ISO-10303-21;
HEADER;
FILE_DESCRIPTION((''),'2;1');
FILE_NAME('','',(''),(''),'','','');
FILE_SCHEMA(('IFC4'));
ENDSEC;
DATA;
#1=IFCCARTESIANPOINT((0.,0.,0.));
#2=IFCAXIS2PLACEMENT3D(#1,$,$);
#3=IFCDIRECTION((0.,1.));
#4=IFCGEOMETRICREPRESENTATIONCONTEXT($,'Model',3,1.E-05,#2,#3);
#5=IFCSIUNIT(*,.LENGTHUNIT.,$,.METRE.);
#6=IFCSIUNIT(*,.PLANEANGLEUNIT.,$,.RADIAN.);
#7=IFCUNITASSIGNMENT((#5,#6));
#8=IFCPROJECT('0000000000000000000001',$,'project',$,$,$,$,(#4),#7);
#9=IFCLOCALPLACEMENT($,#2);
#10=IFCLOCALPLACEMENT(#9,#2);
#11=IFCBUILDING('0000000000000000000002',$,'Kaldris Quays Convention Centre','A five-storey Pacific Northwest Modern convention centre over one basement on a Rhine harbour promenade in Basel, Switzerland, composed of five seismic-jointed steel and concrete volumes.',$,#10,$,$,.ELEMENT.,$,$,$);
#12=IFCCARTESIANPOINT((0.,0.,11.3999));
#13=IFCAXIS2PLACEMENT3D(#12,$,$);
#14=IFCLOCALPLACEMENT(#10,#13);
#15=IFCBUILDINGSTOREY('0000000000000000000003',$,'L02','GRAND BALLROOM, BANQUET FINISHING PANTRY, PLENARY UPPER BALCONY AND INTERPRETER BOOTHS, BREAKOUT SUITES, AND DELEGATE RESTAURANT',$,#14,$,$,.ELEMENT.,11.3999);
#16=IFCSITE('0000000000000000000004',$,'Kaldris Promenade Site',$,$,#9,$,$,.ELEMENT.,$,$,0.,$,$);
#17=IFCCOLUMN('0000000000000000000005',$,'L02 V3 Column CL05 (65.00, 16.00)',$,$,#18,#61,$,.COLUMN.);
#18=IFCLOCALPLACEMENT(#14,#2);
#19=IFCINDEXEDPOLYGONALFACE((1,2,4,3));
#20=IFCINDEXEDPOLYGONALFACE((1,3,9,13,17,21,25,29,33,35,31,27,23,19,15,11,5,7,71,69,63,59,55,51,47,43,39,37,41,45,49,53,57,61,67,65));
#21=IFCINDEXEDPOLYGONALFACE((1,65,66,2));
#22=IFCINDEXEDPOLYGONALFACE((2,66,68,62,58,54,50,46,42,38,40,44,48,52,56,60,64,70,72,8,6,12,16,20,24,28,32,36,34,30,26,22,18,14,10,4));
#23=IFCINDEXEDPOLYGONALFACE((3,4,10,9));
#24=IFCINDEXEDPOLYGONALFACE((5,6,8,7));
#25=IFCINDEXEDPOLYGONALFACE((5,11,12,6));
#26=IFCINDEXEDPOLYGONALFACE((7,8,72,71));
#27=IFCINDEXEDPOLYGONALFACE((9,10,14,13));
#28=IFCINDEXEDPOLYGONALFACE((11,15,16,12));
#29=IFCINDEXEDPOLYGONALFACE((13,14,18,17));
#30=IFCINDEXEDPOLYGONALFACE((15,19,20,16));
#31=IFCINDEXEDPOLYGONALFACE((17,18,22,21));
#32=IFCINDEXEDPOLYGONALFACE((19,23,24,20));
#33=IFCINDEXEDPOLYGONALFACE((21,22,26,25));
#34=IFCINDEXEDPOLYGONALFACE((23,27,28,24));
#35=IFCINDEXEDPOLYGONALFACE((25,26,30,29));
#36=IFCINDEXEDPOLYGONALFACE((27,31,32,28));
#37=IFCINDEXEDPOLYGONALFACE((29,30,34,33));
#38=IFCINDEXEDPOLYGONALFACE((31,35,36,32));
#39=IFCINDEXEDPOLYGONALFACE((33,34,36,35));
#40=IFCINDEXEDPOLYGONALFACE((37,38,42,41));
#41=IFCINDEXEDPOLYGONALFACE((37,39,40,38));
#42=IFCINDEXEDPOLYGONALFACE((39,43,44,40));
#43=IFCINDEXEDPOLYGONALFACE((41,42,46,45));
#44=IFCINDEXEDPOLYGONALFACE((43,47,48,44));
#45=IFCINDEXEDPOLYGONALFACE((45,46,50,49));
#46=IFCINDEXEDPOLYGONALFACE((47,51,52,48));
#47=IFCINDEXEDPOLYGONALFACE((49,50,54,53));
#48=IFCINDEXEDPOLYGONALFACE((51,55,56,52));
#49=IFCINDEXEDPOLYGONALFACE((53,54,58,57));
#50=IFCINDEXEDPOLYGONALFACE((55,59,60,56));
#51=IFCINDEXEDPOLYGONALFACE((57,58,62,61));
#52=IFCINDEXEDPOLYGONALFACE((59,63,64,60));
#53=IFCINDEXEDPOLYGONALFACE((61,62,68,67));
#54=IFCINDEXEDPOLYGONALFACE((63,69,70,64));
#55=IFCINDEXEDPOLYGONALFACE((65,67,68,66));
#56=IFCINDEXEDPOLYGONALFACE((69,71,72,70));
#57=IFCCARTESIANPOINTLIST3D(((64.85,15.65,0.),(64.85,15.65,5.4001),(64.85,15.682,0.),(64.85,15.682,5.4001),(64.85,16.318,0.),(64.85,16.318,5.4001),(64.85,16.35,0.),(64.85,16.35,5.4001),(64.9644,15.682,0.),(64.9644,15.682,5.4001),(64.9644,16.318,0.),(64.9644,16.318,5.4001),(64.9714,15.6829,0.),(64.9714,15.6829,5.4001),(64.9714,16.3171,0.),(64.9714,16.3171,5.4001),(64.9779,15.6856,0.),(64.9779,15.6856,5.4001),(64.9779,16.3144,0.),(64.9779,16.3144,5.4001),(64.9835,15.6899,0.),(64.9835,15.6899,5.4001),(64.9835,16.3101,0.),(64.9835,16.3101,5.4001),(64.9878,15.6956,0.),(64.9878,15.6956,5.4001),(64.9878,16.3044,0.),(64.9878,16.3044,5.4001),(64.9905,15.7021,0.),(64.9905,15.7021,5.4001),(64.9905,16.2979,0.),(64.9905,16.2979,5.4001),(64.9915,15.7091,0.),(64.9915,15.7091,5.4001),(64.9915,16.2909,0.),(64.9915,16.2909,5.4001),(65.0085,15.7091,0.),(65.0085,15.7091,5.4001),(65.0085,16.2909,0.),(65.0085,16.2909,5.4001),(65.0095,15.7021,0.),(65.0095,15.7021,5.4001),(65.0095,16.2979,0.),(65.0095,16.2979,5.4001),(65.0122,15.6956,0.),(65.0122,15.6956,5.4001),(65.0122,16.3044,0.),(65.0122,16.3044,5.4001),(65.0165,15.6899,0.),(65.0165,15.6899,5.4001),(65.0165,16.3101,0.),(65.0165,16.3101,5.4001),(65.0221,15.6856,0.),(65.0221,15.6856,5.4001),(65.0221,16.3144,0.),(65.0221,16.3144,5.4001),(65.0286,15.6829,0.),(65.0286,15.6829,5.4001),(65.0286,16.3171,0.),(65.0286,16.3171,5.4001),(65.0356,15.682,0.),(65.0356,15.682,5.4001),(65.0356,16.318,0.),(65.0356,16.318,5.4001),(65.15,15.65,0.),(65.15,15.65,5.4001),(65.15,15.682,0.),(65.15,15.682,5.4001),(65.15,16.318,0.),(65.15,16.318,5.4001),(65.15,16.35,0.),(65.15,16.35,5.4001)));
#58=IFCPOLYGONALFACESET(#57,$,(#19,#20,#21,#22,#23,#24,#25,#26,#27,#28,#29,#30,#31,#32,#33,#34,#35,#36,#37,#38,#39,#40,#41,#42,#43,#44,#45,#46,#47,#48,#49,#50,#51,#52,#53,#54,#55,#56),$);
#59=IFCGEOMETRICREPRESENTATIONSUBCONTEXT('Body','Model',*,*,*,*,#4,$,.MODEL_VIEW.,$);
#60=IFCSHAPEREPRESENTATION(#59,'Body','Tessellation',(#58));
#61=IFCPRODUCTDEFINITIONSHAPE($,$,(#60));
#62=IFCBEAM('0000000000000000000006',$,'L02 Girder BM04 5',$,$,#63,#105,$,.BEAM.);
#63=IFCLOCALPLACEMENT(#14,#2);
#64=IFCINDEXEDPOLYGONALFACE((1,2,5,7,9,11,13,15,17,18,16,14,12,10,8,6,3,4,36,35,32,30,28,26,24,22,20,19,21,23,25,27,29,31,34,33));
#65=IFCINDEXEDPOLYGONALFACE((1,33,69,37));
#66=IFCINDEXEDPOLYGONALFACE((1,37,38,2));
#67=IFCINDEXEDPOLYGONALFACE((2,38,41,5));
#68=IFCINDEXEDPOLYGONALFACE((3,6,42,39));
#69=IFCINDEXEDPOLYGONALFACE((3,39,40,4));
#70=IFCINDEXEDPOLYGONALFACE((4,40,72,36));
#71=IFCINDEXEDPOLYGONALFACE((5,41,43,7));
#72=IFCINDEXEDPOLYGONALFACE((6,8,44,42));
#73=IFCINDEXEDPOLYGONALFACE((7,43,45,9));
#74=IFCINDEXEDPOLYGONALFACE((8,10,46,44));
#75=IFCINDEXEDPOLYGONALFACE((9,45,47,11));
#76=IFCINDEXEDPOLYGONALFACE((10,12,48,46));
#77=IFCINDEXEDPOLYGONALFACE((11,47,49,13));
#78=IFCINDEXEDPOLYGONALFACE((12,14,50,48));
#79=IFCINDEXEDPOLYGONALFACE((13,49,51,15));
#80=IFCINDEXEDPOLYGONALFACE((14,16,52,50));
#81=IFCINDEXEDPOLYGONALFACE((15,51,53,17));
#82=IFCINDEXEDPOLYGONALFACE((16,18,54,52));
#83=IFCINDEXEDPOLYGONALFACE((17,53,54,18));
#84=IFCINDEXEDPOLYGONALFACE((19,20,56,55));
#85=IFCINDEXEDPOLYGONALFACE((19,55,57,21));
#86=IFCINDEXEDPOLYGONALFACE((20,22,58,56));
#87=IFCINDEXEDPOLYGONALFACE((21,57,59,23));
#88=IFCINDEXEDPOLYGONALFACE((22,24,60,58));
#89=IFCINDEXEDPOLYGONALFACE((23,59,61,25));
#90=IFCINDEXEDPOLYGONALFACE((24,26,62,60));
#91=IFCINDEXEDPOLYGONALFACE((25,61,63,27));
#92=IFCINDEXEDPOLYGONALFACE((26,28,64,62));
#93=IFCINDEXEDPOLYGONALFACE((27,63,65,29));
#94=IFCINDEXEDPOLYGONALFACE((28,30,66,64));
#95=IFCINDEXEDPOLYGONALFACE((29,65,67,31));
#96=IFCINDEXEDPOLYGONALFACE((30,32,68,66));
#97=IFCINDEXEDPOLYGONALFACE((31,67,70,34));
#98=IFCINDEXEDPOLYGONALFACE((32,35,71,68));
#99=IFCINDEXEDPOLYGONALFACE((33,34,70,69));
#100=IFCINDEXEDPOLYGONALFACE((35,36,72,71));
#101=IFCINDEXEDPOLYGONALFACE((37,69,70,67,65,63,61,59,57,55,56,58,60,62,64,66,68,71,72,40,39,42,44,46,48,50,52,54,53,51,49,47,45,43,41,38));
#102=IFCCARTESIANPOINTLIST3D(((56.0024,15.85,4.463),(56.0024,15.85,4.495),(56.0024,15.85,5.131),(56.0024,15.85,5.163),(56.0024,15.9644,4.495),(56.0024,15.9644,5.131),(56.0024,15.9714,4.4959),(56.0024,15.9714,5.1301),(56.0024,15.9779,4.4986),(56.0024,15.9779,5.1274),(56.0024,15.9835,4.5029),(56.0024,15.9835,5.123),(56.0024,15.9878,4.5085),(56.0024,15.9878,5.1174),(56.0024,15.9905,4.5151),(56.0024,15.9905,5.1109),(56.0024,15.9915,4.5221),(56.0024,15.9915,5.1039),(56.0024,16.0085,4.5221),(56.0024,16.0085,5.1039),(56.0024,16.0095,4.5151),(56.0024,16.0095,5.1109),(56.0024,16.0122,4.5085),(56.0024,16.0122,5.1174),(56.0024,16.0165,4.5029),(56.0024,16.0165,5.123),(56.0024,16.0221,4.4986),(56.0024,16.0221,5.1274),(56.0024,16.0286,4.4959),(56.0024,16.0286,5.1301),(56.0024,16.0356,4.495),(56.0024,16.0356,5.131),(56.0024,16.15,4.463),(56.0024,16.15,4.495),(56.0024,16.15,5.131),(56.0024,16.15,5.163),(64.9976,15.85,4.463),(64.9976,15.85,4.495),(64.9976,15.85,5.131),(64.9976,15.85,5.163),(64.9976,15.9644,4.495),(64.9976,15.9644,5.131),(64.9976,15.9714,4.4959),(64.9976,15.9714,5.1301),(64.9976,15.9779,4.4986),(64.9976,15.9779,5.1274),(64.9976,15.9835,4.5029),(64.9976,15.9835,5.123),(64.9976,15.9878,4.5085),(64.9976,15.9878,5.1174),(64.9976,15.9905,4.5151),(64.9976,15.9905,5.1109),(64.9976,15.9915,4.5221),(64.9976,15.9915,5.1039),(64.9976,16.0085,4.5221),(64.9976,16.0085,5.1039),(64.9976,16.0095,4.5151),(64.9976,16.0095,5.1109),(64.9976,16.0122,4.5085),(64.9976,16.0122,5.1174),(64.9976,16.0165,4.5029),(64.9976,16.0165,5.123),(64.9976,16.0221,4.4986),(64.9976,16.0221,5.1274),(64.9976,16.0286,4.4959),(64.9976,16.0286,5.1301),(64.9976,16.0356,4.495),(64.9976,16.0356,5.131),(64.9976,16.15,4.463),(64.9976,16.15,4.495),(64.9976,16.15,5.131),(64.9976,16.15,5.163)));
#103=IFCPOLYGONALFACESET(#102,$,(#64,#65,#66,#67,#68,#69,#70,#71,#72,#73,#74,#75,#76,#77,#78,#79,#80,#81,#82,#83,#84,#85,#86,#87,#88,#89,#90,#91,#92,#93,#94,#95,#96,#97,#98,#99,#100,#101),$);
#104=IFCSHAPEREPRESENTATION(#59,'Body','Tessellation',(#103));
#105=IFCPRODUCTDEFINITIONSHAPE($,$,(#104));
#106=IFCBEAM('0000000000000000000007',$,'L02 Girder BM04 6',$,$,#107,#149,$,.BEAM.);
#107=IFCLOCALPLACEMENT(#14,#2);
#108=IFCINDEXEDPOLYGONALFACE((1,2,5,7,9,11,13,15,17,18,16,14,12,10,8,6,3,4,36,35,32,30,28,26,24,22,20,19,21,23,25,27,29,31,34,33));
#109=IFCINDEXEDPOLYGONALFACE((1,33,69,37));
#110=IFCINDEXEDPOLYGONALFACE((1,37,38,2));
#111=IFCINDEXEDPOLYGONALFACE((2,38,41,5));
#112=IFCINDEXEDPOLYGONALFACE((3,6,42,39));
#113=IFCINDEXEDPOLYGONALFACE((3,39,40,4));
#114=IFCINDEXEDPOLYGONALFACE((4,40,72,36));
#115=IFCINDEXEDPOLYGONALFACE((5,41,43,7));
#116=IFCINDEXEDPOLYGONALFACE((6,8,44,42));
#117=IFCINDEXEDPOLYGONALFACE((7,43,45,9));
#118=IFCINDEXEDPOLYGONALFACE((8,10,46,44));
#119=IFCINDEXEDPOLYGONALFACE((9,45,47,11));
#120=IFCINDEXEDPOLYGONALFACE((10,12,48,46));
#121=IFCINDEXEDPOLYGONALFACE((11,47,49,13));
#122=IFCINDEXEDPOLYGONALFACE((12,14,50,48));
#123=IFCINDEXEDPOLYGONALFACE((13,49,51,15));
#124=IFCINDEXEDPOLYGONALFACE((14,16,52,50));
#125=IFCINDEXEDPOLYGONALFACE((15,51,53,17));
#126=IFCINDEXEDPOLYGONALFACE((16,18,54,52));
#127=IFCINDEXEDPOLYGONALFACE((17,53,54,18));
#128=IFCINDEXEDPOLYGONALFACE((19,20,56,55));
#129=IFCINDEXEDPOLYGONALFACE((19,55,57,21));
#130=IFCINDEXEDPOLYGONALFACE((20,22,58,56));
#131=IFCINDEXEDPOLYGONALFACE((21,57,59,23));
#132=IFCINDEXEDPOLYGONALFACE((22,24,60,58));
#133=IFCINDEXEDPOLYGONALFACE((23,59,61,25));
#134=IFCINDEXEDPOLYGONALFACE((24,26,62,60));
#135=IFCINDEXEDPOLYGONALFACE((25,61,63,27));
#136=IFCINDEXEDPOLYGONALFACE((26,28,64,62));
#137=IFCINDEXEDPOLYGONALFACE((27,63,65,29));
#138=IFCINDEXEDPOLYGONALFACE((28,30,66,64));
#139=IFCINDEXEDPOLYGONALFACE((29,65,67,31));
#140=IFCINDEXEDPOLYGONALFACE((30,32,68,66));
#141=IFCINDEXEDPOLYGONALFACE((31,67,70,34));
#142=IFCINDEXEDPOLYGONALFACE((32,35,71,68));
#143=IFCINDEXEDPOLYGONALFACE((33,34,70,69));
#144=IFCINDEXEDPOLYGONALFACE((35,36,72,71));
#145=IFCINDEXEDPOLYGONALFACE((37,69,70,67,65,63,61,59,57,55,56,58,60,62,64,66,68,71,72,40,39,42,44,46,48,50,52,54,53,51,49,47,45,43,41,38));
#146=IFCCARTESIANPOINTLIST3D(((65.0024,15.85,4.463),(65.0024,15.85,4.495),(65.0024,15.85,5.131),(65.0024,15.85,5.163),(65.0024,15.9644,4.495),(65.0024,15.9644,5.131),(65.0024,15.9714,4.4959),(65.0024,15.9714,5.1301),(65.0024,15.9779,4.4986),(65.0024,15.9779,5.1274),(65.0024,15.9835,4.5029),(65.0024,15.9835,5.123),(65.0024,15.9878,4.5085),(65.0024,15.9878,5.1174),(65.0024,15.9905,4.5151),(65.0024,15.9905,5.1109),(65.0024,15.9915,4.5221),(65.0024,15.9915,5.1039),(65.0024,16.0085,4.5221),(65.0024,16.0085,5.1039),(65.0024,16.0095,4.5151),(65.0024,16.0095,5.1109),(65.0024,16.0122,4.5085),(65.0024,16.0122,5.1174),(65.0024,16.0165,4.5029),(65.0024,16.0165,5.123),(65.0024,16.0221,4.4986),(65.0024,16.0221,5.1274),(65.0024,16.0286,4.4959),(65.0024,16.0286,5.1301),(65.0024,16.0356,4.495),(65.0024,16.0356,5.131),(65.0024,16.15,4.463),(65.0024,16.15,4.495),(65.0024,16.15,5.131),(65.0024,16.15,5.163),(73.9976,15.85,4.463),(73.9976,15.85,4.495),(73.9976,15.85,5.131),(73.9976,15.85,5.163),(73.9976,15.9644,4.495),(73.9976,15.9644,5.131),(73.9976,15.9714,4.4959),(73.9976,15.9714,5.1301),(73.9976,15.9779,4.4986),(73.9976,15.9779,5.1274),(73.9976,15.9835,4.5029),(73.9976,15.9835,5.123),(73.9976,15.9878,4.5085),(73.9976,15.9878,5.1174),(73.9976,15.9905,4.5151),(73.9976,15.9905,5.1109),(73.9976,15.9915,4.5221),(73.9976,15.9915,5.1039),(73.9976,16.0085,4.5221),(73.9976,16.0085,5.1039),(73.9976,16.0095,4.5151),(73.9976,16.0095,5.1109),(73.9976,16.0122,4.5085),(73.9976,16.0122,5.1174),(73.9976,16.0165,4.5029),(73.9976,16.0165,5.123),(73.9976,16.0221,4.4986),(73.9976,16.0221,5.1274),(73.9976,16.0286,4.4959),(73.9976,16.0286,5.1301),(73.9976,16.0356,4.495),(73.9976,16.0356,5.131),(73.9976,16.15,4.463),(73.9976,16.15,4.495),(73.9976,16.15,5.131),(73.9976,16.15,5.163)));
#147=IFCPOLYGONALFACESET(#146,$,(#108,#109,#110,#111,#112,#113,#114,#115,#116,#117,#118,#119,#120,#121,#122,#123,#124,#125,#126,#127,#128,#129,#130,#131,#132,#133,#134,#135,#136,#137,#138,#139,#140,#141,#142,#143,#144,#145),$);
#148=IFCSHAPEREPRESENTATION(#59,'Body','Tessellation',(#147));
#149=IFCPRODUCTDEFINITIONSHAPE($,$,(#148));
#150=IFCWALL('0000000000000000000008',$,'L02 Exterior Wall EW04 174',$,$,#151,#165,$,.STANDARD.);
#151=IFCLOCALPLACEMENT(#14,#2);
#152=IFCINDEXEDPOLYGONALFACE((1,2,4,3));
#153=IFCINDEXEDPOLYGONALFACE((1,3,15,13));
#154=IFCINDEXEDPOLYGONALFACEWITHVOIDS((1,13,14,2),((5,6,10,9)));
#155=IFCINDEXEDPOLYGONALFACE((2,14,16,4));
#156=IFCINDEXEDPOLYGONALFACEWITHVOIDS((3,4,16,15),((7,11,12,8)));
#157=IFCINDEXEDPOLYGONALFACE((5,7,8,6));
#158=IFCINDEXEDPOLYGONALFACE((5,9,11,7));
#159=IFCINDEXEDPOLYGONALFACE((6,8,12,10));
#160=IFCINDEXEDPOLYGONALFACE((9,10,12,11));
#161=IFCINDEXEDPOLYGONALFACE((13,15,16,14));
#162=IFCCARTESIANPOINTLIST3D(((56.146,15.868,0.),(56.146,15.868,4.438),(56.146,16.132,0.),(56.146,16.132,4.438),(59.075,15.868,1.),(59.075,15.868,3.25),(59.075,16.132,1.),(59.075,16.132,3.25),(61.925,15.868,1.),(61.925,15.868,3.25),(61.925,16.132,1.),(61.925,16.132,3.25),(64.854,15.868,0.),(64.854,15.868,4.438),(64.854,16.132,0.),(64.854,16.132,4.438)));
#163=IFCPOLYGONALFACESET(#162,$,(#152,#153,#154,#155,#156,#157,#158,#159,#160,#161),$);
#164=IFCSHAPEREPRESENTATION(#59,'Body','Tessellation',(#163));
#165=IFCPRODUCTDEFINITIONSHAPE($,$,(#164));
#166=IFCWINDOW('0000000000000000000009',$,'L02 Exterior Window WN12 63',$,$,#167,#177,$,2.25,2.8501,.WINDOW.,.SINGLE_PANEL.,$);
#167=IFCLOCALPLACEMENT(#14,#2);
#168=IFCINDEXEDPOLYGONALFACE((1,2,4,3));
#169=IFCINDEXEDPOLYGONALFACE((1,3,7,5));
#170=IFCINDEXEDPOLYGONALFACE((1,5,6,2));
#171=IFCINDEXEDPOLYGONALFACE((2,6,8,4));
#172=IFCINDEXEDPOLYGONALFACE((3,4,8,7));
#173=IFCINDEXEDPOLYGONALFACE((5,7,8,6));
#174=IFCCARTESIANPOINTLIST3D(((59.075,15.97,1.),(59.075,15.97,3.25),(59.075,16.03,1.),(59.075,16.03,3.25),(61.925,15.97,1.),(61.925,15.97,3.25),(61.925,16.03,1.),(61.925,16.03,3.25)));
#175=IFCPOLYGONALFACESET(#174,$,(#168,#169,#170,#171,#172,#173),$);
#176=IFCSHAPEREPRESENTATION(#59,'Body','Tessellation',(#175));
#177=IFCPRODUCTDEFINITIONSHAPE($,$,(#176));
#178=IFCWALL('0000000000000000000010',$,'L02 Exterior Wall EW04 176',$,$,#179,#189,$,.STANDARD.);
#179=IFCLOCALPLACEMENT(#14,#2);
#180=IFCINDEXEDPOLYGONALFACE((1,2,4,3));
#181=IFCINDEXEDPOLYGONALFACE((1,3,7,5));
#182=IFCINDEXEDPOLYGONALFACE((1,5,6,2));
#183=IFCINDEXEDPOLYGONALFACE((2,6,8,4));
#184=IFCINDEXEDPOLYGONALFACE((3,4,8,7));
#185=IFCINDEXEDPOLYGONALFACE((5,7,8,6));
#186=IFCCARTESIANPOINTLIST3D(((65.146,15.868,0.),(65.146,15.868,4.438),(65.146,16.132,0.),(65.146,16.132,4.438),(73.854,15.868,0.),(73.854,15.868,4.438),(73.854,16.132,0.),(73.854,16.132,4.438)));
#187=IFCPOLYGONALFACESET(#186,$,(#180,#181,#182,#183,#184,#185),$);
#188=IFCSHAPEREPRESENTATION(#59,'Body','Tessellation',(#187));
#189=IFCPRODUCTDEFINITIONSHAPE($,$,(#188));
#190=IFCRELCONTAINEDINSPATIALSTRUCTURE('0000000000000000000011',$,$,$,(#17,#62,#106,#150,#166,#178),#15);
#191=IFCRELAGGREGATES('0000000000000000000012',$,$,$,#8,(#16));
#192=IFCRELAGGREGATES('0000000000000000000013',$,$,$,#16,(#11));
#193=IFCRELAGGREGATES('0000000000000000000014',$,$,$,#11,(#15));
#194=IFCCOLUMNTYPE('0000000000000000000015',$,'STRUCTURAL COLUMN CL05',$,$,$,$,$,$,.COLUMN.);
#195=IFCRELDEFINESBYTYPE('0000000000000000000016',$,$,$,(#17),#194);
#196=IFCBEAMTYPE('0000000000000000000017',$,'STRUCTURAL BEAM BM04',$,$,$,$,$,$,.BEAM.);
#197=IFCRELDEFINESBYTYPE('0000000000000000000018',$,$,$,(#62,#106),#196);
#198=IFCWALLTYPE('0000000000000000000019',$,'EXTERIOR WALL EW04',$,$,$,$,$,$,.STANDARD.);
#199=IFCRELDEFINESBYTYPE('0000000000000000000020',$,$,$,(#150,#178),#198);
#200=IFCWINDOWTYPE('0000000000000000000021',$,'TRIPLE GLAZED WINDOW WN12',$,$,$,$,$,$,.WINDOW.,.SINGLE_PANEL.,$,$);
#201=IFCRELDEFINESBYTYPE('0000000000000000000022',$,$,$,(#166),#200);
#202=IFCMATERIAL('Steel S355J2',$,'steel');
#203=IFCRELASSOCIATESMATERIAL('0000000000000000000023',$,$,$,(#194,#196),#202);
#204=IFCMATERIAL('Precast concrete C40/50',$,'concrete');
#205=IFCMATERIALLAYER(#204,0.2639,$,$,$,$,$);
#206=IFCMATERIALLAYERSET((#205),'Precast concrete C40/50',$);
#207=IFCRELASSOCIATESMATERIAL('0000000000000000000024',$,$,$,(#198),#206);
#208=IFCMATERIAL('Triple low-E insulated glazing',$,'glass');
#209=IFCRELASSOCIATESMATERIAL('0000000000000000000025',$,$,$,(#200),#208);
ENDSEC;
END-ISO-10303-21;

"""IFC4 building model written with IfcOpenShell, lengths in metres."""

from ifc_helpers import new_model, si_unit, direction, frame, frame_2d, origin, origin_2d, place, context, subcontext, project, spatial, rectangle, i_section, extrude, material, layer, layer_set, material_profile, profile_set, type_object, element, fill, save


model = new_model("IFC4")

# Units and contexts
model_context = context("Model", 3, precision=1e-05, world=origin(), true_north=direction((0.0, 1.0)))
body_context = subcontext(model_context, "Body", "Model", "MODEL_VIEW")
ifc_project = project(units=[si_unit("LENGTHUNIT", "METRE"), si_unit("PLANEANGLEUNIT", "RADIAN")], contexts=[model_context])

# Site, building, storey
site_placement = place(None, origin())
site = spatial("IfcSite", under=ifc_project, at=site_placement, Name="Kaldris Promenade Site", CompositionType="ELEMENT", RefElevation=0.0)
building_placement = place(site_placement, origin())
building = spatial("IfcBuilding", under=site, at=building_placement, Name="Kaldris Quays Convention Centre", Description="A five-storey Pacific Northwest Modern convention centre over one basement on a Rhine harbour promenade in Basel, Switzerland, composed of five seismic-jointed steel and concrete volumes.", CompositionType="ELEMENT")
storey_placement = place(building_placement, frame((0.0, 0.0, 11.3999)))
storey = spatial("IfcBuildingStorey", under=building, at=storey_placement, Name="L02", Description="GRAND BALLROOM, BANQUET FINISHING PANTRY, PLENARY UPPER BALCONY AND INTERPRETER BOOTHS, BREAKOUT SUITES, AND DELEGATE RESTAURANT", CompositionType="ELEMENT", Elevation=11.3999)

# Column
ifc_material_1 = material(Name="Steel S355J2", Category="steel")
ifc_material_profile_1 = material_profile(ifc_material_1, i_section(OverallWidth=0.3, OverallDepth=0.7, WebThickness=0.0171, FlangeThickness=0.032, FilletRadius=0.0271, at=origin_2d()), Name="HEB 700")
ifc_profile_set_1 = profile_set([ifc_material_profile_1], Name="Steel S355J2")
column_type = type_object("IfcColumnType", Name="STRUCTURAL COLUMN CL05", PredefinedType="COLUMN", material=ifc_profile_set_1)
column_placement = place(storey_placement, frame((65.0, 16.0, 0.0), z_axis=(0.0, 0.0, 1.0), x_axis=(1.0, 0.0, 0.0)))
element("IfcColumn", 1, at=column_placement, inside=storey, type_object=column_type, Name="L02 V3 Column CL05 (65.00, 16.00)", PredefinedType="COLUMN", context=body_context, shape_type="SweptSolid", body=[
    extrude(i_section(OverallWidth=0.3, OverallDepth=0.7, WebThickness=0.0171, FlangeThickness=0.032, FilletRadius=0.0271, at=origin_2d()), origin(), (0.0, 0.0, 1.0), 5.4001),
])

# Beams
ifc_material_profile_2 = material_profile(ifc_material_1, i_section(OverallWidth=0.3, OverallDepth=0.7, WebThickness=0.0171, FlangeThickness=0.032, FilletRadius=0.0271, at=origin_2d()), Name="HEB 700")
ifc_profile_set_2 = profile_set([ifc_material_profile_2], Name="Steel S355J2")
beam_type = type_object("IfcBeamType", Name="STRUCTURAL BEAM BM04", PredefinedType="BEAM", material=ifc_profile_set_2)
for number, where, z_axis, x_axis, name in (
    (2, (56.0024, 16.0, 4.813), (1.0, 0.0, 0.0), (0.0, 1.0, 0.0), "L02 Girder BM04 5"),
    (3, (65.0024, 16.0, 4.813), (1.0, 0.0, 0.0), (0.0, 1.0, 0.0), "L02 Girder BM04 6"),
):
    element("IfcBeam", number, at=place(storey_placement, frame(where, z_axis=z_axis, x_axis=x_axis)), inside=storey, type_object=beam_type, Name=name, PredefinedType="BEAM", context=body_context, shape_type="SweptSolid", body=[
        extrude(i_section(OverallWidth=0.3, OverallDepth=0.7, WebThickness=0.0171, FlangeThickness=0.032, FilletRadius=0.0271, at=origin_2d()), origin(), (0.0, 0.0, 1.0), 8.9951),
    ])

# Wall, opening, window
ifc_material_2 = material(Name="Precast concrete C40/50", Category="concrete")
ifc_layer_1 = layer(ifc_material_2, 0.2639)
ifc_layer_set_1 = layer_set([ifc_layer_1], Name="Precast concrete C40/50")
wall_type_1 = type_object("IfcWallType", Name="EXTERIOR WALL EW04", PredefinedType="STANDARD", material=ifc_layer_set_1)
wall_1_placement = place(storey_placement, frame((56.146, 16.0, 0.0), z_axis=(0.0, 0.0, 1.0), x_axis=(1.0, 0.0, 0.0)))
wall_1 = element("IfcWall", 4, at=wall_1_placement, inside=storey, type_object=wall_type_1, Name="L02 Exterior Wall EW04 174", PredefinedType="STANDARD", context=body_context, shape_type="SweptSolid", body=[
    extrude(rectangle(XDim=8.708, YDim=0.2639, at=frame_2d((4.354, 0.0))), origin(), (0.0, 0.0, 1.0), 4.438),
])
opening_1_placement = place(wall_1_placement, frame((2.929, 0.0, 1.0)))
opening_1 = element("IfcOpeningElement", 5, at=opening_1_placement, cuts=wall_1, PredefinedType="OPENING", context=body_context, shape_type="SweptSolid", body=[
    extrude(rectangle(XDim=2.8501, YDim=2.25, at=frame_2d((1.425, 1.125))), frame((0.0, 0.1421, 0.0), z_axis=(0.0, -1.0, 0.0), x_axis=(1.0, 0.0, 0.0)), (0.0, 0.0, 1.0), 0.2839),
])
ifc_material_3 = material(Name="Triple low-E insulated glazing", Category="glass")
window_type = type_object("IfcWindowType", Name="TRIPLE GLAZED WINDOW WN12", PartitioningType="SINGLE_PANEL", PredefinedType="WINDOW", material=ifc_material_3)
window_placement = place(opening_1_placement, origin())
window = element("IfcWindow", 6, at=window_placement, inside=storey, type_object=window_type, Name="L02 Exterior Window WN12 63", OverallHeight=2.25, OverallWidth=2.8501, PartitioningType="SINGLE_PANEL", PredefinedType="WINDOW", context=body_context, shape_type="SweptSolid", body=[
    extrude(rectangle(XDim=2.8501, YDim=2.25, at=frame_2d((1.425, 1.125))), frame((0.0, 0.03, 0.0), z_axis=(0.0, -1.0, 0.0), x_axis=(1.0, 0.0, 0.0)), (0.0, 0.0, 1.0), 0.0601),
])
fill(opening_1, window)

# Wall
wall_2_placement = place(storey_placement, frame((65.146, 16.0, 0.0), z_axis=(0.0, 0.0, 1.0), x_axis=(1.0, 0.0, 0.0)))
element("IfcWall", 7, at=wall_2_placement, inside=storey, type_object=wall_type_1, Name="L02 Exterior Wall EW04 176", PredefinedType="STANDARD", context=body_context, shape_type="SweptSolid", body=[
    extrude(rectangle(XDim=8.708, YDim=0.2639, at=frame_2d((4.354, 0.0))), origin(), (0.0, 0.0, 1.0), 4.438),
])

save(model, "model.ifc")
